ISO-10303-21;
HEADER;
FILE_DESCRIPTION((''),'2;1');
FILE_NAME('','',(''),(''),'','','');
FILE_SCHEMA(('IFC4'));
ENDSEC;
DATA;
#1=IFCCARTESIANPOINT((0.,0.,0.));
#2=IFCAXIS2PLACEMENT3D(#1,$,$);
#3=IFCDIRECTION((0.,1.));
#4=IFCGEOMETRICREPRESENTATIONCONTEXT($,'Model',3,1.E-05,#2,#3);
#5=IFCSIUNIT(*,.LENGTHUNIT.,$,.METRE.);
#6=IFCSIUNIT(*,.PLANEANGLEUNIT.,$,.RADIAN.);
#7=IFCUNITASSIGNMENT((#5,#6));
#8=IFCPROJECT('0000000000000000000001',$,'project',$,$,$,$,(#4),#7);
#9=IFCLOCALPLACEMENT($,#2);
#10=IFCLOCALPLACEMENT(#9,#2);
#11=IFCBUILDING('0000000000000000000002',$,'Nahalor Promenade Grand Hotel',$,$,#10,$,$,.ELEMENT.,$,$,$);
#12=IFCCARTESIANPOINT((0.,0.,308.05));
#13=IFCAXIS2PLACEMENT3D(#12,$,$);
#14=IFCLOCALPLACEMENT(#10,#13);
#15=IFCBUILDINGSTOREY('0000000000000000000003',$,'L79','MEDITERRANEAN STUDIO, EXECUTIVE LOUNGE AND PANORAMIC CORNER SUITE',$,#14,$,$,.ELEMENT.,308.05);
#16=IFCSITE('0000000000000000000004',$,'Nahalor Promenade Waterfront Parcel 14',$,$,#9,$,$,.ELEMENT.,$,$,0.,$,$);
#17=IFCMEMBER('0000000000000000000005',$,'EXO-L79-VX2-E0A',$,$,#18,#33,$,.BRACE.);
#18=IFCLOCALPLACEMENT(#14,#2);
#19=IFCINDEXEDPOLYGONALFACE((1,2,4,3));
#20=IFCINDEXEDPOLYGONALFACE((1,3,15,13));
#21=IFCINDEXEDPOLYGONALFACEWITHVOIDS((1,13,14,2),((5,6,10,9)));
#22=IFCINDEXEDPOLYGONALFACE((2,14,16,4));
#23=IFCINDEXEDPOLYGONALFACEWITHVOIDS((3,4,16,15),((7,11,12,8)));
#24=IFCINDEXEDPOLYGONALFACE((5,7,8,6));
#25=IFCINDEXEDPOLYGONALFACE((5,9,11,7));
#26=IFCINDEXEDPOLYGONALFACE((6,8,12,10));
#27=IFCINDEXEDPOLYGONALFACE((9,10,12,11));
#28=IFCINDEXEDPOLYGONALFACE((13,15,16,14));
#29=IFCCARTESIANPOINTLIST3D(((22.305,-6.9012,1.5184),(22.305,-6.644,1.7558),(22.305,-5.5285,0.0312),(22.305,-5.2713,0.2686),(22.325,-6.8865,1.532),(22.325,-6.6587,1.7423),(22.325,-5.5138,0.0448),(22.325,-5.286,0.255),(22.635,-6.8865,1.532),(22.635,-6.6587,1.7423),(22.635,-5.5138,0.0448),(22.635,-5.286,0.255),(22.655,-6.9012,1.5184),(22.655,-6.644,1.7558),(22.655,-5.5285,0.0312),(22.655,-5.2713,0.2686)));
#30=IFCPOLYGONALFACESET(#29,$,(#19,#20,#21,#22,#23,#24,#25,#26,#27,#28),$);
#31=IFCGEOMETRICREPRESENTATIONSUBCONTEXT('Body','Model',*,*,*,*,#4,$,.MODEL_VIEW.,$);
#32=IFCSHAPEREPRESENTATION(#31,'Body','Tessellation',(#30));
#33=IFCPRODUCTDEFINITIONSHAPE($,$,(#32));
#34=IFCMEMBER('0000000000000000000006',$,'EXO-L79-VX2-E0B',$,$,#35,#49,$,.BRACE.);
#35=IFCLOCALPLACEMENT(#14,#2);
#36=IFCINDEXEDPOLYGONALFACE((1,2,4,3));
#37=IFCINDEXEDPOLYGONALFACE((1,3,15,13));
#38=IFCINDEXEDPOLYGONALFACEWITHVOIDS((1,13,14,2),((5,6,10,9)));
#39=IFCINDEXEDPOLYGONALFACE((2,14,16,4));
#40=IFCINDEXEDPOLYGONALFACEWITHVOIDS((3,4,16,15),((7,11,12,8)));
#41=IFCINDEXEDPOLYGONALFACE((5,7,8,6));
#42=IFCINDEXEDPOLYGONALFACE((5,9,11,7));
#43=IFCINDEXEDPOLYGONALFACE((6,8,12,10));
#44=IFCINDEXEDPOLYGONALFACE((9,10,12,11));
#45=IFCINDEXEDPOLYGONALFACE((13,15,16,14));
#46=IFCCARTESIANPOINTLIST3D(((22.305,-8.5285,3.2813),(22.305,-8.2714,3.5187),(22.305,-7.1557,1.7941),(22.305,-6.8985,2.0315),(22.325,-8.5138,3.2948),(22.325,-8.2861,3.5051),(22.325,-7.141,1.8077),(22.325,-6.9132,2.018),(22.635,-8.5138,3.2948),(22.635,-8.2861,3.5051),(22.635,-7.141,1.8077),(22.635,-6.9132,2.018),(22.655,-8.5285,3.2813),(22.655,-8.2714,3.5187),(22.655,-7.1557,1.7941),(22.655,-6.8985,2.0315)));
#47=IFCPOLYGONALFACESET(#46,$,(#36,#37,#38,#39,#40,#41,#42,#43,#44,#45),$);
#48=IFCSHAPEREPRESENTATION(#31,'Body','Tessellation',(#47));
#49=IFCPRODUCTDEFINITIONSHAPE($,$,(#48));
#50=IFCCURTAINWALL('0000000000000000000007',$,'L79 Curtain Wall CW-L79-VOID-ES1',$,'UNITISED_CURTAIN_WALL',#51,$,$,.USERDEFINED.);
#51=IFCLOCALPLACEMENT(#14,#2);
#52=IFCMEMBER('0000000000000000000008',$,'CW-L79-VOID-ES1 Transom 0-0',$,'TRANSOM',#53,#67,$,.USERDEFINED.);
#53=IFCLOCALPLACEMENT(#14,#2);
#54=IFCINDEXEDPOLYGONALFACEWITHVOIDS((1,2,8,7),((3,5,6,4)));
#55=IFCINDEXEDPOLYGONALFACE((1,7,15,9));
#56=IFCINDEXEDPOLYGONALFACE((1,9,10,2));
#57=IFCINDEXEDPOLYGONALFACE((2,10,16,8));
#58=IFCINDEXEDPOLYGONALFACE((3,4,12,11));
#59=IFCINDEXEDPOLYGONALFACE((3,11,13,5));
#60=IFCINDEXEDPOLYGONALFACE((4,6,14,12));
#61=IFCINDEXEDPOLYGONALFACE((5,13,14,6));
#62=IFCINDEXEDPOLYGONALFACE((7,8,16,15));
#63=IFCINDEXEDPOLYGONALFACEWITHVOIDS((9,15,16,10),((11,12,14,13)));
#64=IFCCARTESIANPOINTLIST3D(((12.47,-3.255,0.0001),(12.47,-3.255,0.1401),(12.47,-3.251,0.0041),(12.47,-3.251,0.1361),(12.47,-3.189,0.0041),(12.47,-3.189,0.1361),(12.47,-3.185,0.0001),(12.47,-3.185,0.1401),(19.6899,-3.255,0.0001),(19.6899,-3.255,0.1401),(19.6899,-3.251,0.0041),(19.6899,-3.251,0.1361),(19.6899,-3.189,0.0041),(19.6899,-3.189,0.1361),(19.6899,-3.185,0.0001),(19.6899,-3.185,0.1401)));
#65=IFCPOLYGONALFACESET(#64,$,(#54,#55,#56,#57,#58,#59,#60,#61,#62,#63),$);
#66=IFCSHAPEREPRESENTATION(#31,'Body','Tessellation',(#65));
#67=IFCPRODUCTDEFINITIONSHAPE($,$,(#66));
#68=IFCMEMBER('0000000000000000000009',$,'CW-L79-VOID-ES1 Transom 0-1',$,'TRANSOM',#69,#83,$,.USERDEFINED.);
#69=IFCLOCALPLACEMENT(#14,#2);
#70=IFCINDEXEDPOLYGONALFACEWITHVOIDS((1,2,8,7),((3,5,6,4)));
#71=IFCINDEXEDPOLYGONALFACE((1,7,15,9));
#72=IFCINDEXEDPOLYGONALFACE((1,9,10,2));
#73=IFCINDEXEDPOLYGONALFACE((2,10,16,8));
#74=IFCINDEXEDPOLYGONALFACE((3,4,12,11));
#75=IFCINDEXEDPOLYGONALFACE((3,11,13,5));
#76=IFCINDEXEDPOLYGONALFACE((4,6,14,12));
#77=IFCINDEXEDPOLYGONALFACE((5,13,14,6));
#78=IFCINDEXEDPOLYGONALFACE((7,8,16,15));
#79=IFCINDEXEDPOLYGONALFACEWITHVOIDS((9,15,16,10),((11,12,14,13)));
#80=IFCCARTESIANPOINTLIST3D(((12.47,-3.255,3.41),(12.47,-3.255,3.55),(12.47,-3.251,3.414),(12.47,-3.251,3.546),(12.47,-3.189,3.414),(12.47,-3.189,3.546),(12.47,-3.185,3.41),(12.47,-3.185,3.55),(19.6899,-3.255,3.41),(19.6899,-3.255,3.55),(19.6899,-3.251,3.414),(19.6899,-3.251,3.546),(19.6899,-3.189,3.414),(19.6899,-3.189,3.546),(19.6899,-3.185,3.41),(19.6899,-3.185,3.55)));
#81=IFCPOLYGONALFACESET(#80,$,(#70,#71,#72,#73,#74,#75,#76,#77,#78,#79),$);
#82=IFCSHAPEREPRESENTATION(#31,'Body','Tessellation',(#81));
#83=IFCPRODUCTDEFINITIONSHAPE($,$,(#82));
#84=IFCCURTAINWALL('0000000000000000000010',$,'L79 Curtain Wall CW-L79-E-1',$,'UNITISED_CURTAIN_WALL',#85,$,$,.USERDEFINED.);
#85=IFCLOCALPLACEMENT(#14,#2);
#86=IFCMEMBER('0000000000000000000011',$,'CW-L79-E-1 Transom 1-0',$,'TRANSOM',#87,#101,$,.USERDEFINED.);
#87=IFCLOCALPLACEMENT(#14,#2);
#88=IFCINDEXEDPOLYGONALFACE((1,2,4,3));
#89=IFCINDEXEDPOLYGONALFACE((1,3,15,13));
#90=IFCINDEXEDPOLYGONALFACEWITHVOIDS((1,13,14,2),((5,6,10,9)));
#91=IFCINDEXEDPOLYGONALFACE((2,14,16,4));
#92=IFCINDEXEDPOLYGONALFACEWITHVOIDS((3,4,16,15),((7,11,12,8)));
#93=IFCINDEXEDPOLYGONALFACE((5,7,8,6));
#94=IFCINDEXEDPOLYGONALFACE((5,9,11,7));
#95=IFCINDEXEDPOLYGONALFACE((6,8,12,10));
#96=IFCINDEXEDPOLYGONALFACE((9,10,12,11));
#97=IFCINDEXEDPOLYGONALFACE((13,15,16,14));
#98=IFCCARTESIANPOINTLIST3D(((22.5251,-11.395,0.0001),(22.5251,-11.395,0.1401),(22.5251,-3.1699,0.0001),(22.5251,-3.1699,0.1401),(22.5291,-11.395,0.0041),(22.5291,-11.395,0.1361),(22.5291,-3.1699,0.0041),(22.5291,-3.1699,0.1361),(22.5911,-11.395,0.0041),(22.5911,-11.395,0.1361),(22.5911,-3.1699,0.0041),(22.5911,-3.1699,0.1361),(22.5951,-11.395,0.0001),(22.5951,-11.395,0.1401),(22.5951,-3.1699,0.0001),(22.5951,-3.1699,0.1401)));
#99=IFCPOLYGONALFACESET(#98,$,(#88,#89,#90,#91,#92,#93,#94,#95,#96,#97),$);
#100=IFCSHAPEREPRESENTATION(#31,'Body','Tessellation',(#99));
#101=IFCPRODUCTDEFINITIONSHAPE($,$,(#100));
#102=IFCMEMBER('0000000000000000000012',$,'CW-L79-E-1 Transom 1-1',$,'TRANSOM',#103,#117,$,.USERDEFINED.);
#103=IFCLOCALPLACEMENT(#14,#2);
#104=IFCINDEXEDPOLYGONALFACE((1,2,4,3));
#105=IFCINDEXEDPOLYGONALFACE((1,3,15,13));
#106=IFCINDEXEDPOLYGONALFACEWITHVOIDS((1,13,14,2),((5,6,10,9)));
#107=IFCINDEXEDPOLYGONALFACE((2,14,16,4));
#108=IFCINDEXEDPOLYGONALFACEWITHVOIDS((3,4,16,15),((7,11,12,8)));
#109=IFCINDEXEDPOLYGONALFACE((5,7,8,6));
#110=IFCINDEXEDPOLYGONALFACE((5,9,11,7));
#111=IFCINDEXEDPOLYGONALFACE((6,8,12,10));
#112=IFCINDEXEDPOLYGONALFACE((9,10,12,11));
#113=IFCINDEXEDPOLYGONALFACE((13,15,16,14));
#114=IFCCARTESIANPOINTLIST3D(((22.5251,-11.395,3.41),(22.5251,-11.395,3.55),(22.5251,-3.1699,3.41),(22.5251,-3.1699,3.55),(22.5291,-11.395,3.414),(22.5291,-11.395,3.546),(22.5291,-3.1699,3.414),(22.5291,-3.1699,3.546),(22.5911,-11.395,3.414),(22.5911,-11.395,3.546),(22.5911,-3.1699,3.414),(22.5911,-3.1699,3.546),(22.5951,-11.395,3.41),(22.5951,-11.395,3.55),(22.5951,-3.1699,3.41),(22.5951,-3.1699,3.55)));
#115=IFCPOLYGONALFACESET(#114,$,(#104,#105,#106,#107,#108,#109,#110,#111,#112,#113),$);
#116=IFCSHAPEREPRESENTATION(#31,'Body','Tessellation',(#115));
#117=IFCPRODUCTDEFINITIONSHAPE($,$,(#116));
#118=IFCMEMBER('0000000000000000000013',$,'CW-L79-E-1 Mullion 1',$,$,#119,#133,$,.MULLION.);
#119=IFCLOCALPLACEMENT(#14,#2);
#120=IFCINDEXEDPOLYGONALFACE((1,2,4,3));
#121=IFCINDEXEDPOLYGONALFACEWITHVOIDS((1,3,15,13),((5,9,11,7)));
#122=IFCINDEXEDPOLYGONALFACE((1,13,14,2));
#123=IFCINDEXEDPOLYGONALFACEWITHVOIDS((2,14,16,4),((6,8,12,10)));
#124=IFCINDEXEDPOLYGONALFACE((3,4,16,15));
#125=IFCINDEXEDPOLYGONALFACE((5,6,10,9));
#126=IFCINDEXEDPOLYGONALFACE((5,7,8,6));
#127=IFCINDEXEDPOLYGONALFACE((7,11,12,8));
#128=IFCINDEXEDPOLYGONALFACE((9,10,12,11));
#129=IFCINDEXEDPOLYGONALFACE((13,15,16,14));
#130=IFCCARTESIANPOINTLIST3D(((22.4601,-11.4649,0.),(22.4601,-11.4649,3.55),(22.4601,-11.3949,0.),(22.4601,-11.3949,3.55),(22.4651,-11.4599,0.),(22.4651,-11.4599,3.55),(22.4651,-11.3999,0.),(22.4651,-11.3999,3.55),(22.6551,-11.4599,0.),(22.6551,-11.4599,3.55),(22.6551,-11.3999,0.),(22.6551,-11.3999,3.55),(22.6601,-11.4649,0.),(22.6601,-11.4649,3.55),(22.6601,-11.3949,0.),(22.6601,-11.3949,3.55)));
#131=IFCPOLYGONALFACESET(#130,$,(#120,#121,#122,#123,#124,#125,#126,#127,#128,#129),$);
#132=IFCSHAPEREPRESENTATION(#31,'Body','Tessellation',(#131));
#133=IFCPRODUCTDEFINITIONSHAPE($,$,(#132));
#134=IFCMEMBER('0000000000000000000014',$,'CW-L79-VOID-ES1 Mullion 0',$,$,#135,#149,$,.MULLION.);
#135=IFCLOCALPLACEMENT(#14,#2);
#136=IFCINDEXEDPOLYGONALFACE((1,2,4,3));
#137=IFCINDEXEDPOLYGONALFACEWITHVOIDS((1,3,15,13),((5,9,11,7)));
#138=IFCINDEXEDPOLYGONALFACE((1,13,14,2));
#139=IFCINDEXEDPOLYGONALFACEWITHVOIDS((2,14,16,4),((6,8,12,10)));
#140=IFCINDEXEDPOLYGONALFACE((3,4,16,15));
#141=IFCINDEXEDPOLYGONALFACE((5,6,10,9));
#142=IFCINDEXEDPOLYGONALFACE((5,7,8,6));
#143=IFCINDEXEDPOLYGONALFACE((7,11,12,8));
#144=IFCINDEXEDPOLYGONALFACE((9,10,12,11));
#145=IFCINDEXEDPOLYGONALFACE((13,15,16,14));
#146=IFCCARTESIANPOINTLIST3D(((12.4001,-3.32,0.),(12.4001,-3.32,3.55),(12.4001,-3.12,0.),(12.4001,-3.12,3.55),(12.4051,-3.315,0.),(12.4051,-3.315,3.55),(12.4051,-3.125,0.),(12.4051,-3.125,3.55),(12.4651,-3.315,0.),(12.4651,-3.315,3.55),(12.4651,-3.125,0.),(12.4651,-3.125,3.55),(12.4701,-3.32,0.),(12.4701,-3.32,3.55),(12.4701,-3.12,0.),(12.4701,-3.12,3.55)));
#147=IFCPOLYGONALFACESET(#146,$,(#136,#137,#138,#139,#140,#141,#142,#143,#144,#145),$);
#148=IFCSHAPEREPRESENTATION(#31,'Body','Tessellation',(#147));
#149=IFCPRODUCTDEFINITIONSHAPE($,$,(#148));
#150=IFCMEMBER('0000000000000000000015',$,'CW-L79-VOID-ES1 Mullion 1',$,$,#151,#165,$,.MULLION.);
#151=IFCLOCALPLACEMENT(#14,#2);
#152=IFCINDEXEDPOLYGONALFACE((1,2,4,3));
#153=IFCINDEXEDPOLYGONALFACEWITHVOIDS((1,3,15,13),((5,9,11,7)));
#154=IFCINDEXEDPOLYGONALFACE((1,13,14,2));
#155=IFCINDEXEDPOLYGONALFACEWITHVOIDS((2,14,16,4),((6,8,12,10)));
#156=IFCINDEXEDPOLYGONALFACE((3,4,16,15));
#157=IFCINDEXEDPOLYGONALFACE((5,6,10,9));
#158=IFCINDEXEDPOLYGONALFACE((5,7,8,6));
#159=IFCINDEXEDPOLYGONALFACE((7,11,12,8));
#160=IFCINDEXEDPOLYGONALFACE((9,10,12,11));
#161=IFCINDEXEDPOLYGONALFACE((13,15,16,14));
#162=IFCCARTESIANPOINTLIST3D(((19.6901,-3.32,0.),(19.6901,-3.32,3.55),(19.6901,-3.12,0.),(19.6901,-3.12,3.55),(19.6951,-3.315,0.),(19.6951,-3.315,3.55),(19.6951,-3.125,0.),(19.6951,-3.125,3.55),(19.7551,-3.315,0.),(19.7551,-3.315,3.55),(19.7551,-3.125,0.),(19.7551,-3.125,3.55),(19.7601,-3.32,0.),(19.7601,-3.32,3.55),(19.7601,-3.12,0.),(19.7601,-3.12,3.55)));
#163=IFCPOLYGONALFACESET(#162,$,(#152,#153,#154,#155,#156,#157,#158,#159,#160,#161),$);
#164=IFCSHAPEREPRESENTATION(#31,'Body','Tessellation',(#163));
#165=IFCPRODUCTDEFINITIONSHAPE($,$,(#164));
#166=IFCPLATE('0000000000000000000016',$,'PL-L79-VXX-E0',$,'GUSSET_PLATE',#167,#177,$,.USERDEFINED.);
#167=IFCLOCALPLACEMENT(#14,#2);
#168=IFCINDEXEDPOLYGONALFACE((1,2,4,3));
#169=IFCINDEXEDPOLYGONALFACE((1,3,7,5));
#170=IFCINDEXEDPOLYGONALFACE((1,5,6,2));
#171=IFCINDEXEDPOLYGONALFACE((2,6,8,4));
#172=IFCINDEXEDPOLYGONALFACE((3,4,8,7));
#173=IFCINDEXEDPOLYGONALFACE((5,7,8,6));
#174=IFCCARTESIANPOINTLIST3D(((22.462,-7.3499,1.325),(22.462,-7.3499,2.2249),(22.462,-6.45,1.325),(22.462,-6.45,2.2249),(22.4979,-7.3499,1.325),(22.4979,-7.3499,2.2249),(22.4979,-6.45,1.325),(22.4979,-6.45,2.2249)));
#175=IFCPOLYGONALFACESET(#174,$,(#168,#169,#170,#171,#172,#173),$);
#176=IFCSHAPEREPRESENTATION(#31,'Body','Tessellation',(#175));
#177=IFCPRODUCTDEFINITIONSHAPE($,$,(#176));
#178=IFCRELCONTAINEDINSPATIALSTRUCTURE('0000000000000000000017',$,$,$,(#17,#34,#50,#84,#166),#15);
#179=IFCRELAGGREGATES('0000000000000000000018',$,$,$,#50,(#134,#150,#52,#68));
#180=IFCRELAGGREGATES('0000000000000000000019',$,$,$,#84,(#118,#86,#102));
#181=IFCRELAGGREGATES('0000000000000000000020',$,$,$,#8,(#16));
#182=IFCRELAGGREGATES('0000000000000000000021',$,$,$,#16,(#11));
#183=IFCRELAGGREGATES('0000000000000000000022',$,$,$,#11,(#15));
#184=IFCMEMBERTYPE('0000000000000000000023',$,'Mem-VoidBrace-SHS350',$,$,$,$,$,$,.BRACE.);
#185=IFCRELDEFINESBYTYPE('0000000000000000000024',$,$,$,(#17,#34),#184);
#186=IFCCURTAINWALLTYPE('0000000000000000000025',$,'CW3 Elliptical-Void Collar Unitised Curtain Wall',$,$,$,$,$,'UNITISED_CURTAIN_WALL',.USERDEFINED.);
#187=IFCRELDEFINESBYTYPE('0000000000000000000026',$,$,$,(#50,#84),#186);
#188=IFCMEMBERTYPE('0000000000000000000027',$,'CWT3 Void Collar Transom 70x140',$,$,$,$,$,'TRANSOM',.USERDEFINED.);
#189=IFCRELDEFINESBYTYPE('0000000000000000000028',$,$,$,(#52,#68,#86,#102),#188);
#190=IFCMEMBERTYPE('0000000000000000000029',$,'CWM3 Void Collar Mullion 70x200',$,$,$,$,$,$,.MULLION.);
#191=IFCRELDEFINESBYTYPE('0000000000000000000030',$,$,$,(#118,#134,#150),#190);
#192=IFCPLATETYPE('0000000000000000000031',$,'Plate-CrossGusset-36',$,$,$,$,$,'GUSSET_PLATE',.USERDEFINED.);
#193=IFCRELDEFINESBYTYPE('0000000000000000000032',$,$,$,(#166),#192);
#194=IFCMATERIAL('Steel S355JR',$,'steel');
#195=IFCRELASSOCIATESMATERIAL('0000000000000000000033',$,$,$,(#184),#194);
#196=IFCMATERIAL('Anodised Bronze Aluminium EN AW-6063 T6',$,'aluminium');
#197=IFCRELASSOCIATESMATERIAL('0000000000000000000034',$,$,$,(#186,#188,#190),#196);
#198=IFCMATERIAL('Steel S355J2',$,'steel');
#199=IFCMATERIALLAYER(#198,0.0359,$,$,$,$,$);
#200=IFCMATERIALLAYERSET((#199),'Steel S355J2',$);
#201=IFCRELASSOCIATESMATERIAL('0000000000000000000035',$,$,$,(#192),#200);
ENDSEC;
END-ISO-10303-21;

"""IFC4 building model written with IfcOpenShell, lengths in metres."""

from ifc_helpers import new_model, si_unit, direction, frame, origin, origin_2d, place, context, subcontext, project, spatial, rectangle, hollow_rectangle, extrude, source, transform, mapped, material, layer, layer_set, material_profile, profile_set, type_object, element, aggregate, save


model = new_model("IFC4")

# Units and contexts
model_context = context("Model", 3, precision=1e-05, world=origin(), true_north=direction((0.0, 1.0)))
body_context = subcontext(model_context, "Body", "Model", "MODEL_VIEW")
ifc_project = project(units=[si_unit("LENGTHUNIT", "METRE"), si_unit("PLANEANGLEUNIT", "RADIAN")], contexts=[model_context])

# Site, building, storey
site_placement = place(None, origin())
site = spatial("IfcSite", under=ifc_project, at=site_placement, Name="Nahalor Promenade Waterfront Parcel 14", CompositionType="ELEMENT", RefElevation=0.0)
building_placement = place(site_placement, origin())
building = spatial("IfcBuilding", under=site, at=building_placement, Name="Nahalor Promenade Grand Hotel", CompositionType="ELEMENT")
storey_placement = place(building_placement, frame((0.0, 0.0, 308.05)))
storey = spatial("IfcBuildingStorey", under=building, at=storey_placement, Name="L79", Description="MEDITERRANEAN STUDIO, EXECUTIVE LOUNGE AND PANORAMIC CORNER SUITE", CompositionType="ELEMENT", Elevation=308.05)

# Shared definitions
ifc_material_1 = material(Name="Steel S355JR", Category="steel")

# Members
ifc_material_profile_1 = material_profile(ifc_material_1, hollow_rectangle(XDim=0.35, YDim=0.35, WallThickness=0.02, at=origin_2d()), Name="SHS 350x350x20")
ifc_profile_set_1 = profile_set([ifc_material_profile_1], Name="Steel S355JR")
member_type_1 = type_object("IfcMemberType", Name="Mem-VoidBrace-SHS350", PredefinedType="BRACE", material=ifc_profile_set_1)
shared_shape_1 = source(origin(), body_context, "Body", "SweptSolid", [
    extrude(hollow_rectangle(XDim=0.35, YDim=0.35, WallThickness=0.02, at=origin_2d()), origin(), (0.0, 0.0, 1.0), 2.0239),
])
for number, where, z_axis, x_axis, name in (
    (1, (22.48, -5.3999, 0.1499), (0.0, -0.678255, 0.734827), (1.0, 0.0, 0.0), "EXO-L79-VX2-E0A"),
    (2, (22.48, -7.0271, 1.9128), (0.0, -0.678315, 0.734771), (1.0, 0.0, 0.0), "EXO-L79-VX2-E0B"),
):
    element("IfcMember", number, at=place(storey_placement, frame(where, z_axis=z_axis, x_axis=x_axis)), inside=storey, type_object=member_type_1, Name=name, PredefinedType="BRACE", context=body_context, shape_type="MappedRepresentation", body=[
        mapped(shared_shape_1, transform((0.0, 0.0, 0.0), scale=1.0)),
    ])

# Curtain walls, members
ifc_material_2 = material(Name="Anodised Bronze Aluminium EN AW-6063 T6", Category="aluminium")
curtain_wall_type = type_object("IfcCurtainWallType", Name="CW3 Elliptical-Void Collar Unitised Curtain Wall", ElementType="UNITISED_CURTAIN_WALL", PredefinedType="USERDEFINED", material=ifc_material_2)
curtain_wall_1_placement = place(storey_placement, origin())
curtain_wall_1 = element("IfcCurtainWall", 3, at=curtain_wall_1_placement, inside=storey, type_object=curtain_wall_type, Name="L79 Curtain Wall CW-L79-VOID-ES1", ObjectType="UNITISED_CURTAIN_WALL", PredefinedType="USERDEFINED")
ifc_material_profile_2 = material_profile(ifc_material_2, hollow_rectangle(XDim=0.07, YDim=0.14, WallThickness=0.004, at=origin_2d()), Name="CWT 70x140x4")
ifc_profile_set_2 = profile_set([ifc_material_profile_2], Name="Anodised Bronze Aluminium EN AW-6063 T6")
member_type_2 = type_object("IfcMemberType", Name="CWT3 Void Collar Transom 70x140", ElementType="TRANSOM", PredefinedType="USERDEFINED", material=ifc_profile_set_2)
shared_shape_2 = source(origin(), body_context, "Body", "SweptSolid", [
    extrude(hollow_rectangle(XDim=0.07, YDim=0.14, WallThickness=0.004, at=origin_2d()), origin(), (0.0, 0.0, 1.0), 7.22),
])
member_1_placement = place(storey_placement, frame((12.47, -3.22, 0.0701), z_axis=(1.0, 0.0, 0.0), x_axis=(0.0, 1.0, 0.0)))
member_1 = element("IfcMember", 4, at=member_1_placement, type_object=member_type_2, Name="CW-L79-VOID-ES1 Transom 0-0", ObjectType="TRANSOM", PredefinedType="USERDEFINED", context=body_context, shape_type="MappedRepresentation", body=[
    mapped(shared_shape_2, transform((0.0, 0.0, 0.0), scale=1.0)),
])
member_2_placement = place(storey_placement, frame((12.47, -3.22, 3.48), z_axis=(1.0, 0.0, 0.0), x_axis=(0.0, 1.0, 0.0)))
member_2 = element("IfcMember", 5, at=member_2_placement, type_object=member_type_2, Name="CW-L79-VOID-ES1 Transom 0-1", ObjectType="TRANSOM", PredefinedType="USERDEFINED", context=body_context, shape_type="MappedRepresentation", body=[
    mapped(shared_shape_2, transform((0.0, 0.0, 0.0), scale=1.0)),
])
curtain_wall_2_placement = place(storey_placement, origin())
curtain_wall_2 = element("IfcCurtainWall", 6, at=curtain_wall_2_placement, inside=storey, type_object=curtain_wall_type, Name="L79 Curtain Wall CW-L79-E-1", ObjectType="UNITISED_CURTAIN_WALL", PredefinedType="USERDEFINED")
shared_shape_3 = source(origin(), body_context, "Body", "SweptSolid", [
    extrude(hollow_rectangle(XDim=0.07, YDim=0.14, WallThickness=0.004, at=origin_2d()), origin(), (0.0, 0.0, 1.0), 8.2251),
])
member_3_placement = place(storey_placement, frame((22.5601, -11.395, 0.0701), z_axis=(0.0, 1.0, 0.0), x_axis=(-1.0, 0.0, 0.0)))
member_3 = element("IfcMember", 7, at=member_3_placement, type_object=member_type_2, Name="CW-L79-E-1 Transom 1-0", ObjectType="TRANSOM", PredefinedType="USERDEFINED", context=body_context, shape_type="MappedRepresentation", body=[
    mapped(shared_shape_3, transform((0.0, 0.0, 0.0), scale=1.0)),
])
member_4_placement = place(storey_placement, frame((22.5601, -11.395, 3.48), z_axis=(0.0, 1.0, 0.0), x_axis=(-1.0, 0.0, 0.0)))
member_4 = element("IfcMember", 8, at=member_4_placement, type_object=member_type_2, Name="CW-L79-E-1 Transom 1-1", ObjectType="TRANSOM", PredefinedType="USERDEFINED", context=body_context, shape_type="MappedRepresentation", body=[
    mapped(shared_shape_3, transform((0.0, 0.0, 0.0), scale=1.0)),
])
ifc_material_profile_3 = material_profile(ifc_material_2, hollow_rectangle(XDim=0.07, YDim=0.2, WallThickness=0.005, at=origin_2d()), Name="CWM 70x200x5")
ifc_profile_set_3 = profile_set([ifc_material_profile_3], Name="Anodised Bronze Aluminium EN AW-6063 T6")
member_type_3 = type_object("IfcMemberType", Name="CWM3 Void Collar Mullion 70x200", PredefinedType="MULLION", material=ifc_profile_set_3)
shared_shape_4 = source(origin(), body_context, "Body", "SweptSolid", [
    extrude(hollow_rectangle(XDim=0.07, YDim=0.2, WallThickness=0.005, at=origin_2d()), origin(), (0.0, 0.0, 1.0), 3.55),
])
member_5_placement = place(storey_placement, frame((22.5601, -11.4299, 0.0), z_axis=(0.0, 0.0, 1.0), x_axis=(0.0, 1.0, 0.0)))
member_5 = element("IfcMember", 9, at=member_5_placement, type_object=member_type_3, Name="CW-L79-E-1 Mullion 1", PredefinedType="MULLION", context=body_context, shape_type="MappedRepresentation", body=[
    mapped(shared_shape_4, transform((0.0, 0.0, 0.0), scale=1.0)),
])

# Members
member_6_placement = place(storey_placement, frame((12.4351, -3.22, 0.0), z_axis=(0.0, 0.0, 1.0), x_axis=(1.0, 0.0, 0.0)))
member_6 = element("IfcMember", 10, at=member_6_placement, type_object=member_type_3, Name="CW-L79-VOID-ES1 Mullion 0", PredefinedType="MULLION", context=body_context, shape_type="MappedRepresentation", body=[
    mapped(shared_shape_4, transform((0.0, 0.0, 0.0), scale=1.0)),
])
member_7_placement = place(storey_placement, frame((19.7251, -3.22, 0.0), z_axis=(0.0, 0.0, 1.0), x_axis=(1.0, 0.0, 0.0)))
member_7 = element("IfcMember", 11, at=member_7_placement, type_object=member_type_3, Name="CW-L79-VOID-ES1 Mullion 1", PredefinedType="MULLION", context=body_context, shape_type="MappedRepresentation", body=[
    mapped(shared_shape_4, transform((0.0, 0.0, 0.0), scale=1.0)),
])

# Plate
ifc_material_3 = material(Name="Steel S355J2", Category="steel")
ifc_layer_1 = layer(ifc_material_3, 0.0359)
ifc_layer_set_1 = layer_set([ifc_layer_1], Name="Steel S355J2")
plate_type_1 = type_object("IfcPlateType", Name="Plate-CrossGusset-36", ElementType="GUSSET_PLATE", PredefinedType="USERDEFINED", material=ifc_layer_set_1)
shared_shape_5 = source(origin(), body_context, "Body", "SweptSolid", [
    extrude(rectangle(XDim=0.8999, YDim=0.0359, at=origin_2d()), origin(), (0.0, 0.0, 1.0), 0.8999),
])
plate_1_placement = place(storey_placement, frame((22.48, -6.8999, 1.325), z_axis=(0.0, 0.0, 1.0), x_axis=(0.0, 1.0, 0.0)))
element("IfcPlate", 12, at=plate_1_placement, inside=storey, type_object=plate_type_1, Name="PL-L79-VXX-E0", ObjectType="GUSSET_PLATE", PredefinedType="USERDEFINED", context=body_context, shape_type="MappedRepresentation", body=[
    mapped(shared_shape_5, transform((0.0, 0.0, 0.0), scale=1.0)),
])
aggregate(curtain_wall_1, [member_6, member_7, member_1, member_2])
aggregate(curtain_wall_2, [member_5, member_3, member_4])

save(model, "model.ifc")
